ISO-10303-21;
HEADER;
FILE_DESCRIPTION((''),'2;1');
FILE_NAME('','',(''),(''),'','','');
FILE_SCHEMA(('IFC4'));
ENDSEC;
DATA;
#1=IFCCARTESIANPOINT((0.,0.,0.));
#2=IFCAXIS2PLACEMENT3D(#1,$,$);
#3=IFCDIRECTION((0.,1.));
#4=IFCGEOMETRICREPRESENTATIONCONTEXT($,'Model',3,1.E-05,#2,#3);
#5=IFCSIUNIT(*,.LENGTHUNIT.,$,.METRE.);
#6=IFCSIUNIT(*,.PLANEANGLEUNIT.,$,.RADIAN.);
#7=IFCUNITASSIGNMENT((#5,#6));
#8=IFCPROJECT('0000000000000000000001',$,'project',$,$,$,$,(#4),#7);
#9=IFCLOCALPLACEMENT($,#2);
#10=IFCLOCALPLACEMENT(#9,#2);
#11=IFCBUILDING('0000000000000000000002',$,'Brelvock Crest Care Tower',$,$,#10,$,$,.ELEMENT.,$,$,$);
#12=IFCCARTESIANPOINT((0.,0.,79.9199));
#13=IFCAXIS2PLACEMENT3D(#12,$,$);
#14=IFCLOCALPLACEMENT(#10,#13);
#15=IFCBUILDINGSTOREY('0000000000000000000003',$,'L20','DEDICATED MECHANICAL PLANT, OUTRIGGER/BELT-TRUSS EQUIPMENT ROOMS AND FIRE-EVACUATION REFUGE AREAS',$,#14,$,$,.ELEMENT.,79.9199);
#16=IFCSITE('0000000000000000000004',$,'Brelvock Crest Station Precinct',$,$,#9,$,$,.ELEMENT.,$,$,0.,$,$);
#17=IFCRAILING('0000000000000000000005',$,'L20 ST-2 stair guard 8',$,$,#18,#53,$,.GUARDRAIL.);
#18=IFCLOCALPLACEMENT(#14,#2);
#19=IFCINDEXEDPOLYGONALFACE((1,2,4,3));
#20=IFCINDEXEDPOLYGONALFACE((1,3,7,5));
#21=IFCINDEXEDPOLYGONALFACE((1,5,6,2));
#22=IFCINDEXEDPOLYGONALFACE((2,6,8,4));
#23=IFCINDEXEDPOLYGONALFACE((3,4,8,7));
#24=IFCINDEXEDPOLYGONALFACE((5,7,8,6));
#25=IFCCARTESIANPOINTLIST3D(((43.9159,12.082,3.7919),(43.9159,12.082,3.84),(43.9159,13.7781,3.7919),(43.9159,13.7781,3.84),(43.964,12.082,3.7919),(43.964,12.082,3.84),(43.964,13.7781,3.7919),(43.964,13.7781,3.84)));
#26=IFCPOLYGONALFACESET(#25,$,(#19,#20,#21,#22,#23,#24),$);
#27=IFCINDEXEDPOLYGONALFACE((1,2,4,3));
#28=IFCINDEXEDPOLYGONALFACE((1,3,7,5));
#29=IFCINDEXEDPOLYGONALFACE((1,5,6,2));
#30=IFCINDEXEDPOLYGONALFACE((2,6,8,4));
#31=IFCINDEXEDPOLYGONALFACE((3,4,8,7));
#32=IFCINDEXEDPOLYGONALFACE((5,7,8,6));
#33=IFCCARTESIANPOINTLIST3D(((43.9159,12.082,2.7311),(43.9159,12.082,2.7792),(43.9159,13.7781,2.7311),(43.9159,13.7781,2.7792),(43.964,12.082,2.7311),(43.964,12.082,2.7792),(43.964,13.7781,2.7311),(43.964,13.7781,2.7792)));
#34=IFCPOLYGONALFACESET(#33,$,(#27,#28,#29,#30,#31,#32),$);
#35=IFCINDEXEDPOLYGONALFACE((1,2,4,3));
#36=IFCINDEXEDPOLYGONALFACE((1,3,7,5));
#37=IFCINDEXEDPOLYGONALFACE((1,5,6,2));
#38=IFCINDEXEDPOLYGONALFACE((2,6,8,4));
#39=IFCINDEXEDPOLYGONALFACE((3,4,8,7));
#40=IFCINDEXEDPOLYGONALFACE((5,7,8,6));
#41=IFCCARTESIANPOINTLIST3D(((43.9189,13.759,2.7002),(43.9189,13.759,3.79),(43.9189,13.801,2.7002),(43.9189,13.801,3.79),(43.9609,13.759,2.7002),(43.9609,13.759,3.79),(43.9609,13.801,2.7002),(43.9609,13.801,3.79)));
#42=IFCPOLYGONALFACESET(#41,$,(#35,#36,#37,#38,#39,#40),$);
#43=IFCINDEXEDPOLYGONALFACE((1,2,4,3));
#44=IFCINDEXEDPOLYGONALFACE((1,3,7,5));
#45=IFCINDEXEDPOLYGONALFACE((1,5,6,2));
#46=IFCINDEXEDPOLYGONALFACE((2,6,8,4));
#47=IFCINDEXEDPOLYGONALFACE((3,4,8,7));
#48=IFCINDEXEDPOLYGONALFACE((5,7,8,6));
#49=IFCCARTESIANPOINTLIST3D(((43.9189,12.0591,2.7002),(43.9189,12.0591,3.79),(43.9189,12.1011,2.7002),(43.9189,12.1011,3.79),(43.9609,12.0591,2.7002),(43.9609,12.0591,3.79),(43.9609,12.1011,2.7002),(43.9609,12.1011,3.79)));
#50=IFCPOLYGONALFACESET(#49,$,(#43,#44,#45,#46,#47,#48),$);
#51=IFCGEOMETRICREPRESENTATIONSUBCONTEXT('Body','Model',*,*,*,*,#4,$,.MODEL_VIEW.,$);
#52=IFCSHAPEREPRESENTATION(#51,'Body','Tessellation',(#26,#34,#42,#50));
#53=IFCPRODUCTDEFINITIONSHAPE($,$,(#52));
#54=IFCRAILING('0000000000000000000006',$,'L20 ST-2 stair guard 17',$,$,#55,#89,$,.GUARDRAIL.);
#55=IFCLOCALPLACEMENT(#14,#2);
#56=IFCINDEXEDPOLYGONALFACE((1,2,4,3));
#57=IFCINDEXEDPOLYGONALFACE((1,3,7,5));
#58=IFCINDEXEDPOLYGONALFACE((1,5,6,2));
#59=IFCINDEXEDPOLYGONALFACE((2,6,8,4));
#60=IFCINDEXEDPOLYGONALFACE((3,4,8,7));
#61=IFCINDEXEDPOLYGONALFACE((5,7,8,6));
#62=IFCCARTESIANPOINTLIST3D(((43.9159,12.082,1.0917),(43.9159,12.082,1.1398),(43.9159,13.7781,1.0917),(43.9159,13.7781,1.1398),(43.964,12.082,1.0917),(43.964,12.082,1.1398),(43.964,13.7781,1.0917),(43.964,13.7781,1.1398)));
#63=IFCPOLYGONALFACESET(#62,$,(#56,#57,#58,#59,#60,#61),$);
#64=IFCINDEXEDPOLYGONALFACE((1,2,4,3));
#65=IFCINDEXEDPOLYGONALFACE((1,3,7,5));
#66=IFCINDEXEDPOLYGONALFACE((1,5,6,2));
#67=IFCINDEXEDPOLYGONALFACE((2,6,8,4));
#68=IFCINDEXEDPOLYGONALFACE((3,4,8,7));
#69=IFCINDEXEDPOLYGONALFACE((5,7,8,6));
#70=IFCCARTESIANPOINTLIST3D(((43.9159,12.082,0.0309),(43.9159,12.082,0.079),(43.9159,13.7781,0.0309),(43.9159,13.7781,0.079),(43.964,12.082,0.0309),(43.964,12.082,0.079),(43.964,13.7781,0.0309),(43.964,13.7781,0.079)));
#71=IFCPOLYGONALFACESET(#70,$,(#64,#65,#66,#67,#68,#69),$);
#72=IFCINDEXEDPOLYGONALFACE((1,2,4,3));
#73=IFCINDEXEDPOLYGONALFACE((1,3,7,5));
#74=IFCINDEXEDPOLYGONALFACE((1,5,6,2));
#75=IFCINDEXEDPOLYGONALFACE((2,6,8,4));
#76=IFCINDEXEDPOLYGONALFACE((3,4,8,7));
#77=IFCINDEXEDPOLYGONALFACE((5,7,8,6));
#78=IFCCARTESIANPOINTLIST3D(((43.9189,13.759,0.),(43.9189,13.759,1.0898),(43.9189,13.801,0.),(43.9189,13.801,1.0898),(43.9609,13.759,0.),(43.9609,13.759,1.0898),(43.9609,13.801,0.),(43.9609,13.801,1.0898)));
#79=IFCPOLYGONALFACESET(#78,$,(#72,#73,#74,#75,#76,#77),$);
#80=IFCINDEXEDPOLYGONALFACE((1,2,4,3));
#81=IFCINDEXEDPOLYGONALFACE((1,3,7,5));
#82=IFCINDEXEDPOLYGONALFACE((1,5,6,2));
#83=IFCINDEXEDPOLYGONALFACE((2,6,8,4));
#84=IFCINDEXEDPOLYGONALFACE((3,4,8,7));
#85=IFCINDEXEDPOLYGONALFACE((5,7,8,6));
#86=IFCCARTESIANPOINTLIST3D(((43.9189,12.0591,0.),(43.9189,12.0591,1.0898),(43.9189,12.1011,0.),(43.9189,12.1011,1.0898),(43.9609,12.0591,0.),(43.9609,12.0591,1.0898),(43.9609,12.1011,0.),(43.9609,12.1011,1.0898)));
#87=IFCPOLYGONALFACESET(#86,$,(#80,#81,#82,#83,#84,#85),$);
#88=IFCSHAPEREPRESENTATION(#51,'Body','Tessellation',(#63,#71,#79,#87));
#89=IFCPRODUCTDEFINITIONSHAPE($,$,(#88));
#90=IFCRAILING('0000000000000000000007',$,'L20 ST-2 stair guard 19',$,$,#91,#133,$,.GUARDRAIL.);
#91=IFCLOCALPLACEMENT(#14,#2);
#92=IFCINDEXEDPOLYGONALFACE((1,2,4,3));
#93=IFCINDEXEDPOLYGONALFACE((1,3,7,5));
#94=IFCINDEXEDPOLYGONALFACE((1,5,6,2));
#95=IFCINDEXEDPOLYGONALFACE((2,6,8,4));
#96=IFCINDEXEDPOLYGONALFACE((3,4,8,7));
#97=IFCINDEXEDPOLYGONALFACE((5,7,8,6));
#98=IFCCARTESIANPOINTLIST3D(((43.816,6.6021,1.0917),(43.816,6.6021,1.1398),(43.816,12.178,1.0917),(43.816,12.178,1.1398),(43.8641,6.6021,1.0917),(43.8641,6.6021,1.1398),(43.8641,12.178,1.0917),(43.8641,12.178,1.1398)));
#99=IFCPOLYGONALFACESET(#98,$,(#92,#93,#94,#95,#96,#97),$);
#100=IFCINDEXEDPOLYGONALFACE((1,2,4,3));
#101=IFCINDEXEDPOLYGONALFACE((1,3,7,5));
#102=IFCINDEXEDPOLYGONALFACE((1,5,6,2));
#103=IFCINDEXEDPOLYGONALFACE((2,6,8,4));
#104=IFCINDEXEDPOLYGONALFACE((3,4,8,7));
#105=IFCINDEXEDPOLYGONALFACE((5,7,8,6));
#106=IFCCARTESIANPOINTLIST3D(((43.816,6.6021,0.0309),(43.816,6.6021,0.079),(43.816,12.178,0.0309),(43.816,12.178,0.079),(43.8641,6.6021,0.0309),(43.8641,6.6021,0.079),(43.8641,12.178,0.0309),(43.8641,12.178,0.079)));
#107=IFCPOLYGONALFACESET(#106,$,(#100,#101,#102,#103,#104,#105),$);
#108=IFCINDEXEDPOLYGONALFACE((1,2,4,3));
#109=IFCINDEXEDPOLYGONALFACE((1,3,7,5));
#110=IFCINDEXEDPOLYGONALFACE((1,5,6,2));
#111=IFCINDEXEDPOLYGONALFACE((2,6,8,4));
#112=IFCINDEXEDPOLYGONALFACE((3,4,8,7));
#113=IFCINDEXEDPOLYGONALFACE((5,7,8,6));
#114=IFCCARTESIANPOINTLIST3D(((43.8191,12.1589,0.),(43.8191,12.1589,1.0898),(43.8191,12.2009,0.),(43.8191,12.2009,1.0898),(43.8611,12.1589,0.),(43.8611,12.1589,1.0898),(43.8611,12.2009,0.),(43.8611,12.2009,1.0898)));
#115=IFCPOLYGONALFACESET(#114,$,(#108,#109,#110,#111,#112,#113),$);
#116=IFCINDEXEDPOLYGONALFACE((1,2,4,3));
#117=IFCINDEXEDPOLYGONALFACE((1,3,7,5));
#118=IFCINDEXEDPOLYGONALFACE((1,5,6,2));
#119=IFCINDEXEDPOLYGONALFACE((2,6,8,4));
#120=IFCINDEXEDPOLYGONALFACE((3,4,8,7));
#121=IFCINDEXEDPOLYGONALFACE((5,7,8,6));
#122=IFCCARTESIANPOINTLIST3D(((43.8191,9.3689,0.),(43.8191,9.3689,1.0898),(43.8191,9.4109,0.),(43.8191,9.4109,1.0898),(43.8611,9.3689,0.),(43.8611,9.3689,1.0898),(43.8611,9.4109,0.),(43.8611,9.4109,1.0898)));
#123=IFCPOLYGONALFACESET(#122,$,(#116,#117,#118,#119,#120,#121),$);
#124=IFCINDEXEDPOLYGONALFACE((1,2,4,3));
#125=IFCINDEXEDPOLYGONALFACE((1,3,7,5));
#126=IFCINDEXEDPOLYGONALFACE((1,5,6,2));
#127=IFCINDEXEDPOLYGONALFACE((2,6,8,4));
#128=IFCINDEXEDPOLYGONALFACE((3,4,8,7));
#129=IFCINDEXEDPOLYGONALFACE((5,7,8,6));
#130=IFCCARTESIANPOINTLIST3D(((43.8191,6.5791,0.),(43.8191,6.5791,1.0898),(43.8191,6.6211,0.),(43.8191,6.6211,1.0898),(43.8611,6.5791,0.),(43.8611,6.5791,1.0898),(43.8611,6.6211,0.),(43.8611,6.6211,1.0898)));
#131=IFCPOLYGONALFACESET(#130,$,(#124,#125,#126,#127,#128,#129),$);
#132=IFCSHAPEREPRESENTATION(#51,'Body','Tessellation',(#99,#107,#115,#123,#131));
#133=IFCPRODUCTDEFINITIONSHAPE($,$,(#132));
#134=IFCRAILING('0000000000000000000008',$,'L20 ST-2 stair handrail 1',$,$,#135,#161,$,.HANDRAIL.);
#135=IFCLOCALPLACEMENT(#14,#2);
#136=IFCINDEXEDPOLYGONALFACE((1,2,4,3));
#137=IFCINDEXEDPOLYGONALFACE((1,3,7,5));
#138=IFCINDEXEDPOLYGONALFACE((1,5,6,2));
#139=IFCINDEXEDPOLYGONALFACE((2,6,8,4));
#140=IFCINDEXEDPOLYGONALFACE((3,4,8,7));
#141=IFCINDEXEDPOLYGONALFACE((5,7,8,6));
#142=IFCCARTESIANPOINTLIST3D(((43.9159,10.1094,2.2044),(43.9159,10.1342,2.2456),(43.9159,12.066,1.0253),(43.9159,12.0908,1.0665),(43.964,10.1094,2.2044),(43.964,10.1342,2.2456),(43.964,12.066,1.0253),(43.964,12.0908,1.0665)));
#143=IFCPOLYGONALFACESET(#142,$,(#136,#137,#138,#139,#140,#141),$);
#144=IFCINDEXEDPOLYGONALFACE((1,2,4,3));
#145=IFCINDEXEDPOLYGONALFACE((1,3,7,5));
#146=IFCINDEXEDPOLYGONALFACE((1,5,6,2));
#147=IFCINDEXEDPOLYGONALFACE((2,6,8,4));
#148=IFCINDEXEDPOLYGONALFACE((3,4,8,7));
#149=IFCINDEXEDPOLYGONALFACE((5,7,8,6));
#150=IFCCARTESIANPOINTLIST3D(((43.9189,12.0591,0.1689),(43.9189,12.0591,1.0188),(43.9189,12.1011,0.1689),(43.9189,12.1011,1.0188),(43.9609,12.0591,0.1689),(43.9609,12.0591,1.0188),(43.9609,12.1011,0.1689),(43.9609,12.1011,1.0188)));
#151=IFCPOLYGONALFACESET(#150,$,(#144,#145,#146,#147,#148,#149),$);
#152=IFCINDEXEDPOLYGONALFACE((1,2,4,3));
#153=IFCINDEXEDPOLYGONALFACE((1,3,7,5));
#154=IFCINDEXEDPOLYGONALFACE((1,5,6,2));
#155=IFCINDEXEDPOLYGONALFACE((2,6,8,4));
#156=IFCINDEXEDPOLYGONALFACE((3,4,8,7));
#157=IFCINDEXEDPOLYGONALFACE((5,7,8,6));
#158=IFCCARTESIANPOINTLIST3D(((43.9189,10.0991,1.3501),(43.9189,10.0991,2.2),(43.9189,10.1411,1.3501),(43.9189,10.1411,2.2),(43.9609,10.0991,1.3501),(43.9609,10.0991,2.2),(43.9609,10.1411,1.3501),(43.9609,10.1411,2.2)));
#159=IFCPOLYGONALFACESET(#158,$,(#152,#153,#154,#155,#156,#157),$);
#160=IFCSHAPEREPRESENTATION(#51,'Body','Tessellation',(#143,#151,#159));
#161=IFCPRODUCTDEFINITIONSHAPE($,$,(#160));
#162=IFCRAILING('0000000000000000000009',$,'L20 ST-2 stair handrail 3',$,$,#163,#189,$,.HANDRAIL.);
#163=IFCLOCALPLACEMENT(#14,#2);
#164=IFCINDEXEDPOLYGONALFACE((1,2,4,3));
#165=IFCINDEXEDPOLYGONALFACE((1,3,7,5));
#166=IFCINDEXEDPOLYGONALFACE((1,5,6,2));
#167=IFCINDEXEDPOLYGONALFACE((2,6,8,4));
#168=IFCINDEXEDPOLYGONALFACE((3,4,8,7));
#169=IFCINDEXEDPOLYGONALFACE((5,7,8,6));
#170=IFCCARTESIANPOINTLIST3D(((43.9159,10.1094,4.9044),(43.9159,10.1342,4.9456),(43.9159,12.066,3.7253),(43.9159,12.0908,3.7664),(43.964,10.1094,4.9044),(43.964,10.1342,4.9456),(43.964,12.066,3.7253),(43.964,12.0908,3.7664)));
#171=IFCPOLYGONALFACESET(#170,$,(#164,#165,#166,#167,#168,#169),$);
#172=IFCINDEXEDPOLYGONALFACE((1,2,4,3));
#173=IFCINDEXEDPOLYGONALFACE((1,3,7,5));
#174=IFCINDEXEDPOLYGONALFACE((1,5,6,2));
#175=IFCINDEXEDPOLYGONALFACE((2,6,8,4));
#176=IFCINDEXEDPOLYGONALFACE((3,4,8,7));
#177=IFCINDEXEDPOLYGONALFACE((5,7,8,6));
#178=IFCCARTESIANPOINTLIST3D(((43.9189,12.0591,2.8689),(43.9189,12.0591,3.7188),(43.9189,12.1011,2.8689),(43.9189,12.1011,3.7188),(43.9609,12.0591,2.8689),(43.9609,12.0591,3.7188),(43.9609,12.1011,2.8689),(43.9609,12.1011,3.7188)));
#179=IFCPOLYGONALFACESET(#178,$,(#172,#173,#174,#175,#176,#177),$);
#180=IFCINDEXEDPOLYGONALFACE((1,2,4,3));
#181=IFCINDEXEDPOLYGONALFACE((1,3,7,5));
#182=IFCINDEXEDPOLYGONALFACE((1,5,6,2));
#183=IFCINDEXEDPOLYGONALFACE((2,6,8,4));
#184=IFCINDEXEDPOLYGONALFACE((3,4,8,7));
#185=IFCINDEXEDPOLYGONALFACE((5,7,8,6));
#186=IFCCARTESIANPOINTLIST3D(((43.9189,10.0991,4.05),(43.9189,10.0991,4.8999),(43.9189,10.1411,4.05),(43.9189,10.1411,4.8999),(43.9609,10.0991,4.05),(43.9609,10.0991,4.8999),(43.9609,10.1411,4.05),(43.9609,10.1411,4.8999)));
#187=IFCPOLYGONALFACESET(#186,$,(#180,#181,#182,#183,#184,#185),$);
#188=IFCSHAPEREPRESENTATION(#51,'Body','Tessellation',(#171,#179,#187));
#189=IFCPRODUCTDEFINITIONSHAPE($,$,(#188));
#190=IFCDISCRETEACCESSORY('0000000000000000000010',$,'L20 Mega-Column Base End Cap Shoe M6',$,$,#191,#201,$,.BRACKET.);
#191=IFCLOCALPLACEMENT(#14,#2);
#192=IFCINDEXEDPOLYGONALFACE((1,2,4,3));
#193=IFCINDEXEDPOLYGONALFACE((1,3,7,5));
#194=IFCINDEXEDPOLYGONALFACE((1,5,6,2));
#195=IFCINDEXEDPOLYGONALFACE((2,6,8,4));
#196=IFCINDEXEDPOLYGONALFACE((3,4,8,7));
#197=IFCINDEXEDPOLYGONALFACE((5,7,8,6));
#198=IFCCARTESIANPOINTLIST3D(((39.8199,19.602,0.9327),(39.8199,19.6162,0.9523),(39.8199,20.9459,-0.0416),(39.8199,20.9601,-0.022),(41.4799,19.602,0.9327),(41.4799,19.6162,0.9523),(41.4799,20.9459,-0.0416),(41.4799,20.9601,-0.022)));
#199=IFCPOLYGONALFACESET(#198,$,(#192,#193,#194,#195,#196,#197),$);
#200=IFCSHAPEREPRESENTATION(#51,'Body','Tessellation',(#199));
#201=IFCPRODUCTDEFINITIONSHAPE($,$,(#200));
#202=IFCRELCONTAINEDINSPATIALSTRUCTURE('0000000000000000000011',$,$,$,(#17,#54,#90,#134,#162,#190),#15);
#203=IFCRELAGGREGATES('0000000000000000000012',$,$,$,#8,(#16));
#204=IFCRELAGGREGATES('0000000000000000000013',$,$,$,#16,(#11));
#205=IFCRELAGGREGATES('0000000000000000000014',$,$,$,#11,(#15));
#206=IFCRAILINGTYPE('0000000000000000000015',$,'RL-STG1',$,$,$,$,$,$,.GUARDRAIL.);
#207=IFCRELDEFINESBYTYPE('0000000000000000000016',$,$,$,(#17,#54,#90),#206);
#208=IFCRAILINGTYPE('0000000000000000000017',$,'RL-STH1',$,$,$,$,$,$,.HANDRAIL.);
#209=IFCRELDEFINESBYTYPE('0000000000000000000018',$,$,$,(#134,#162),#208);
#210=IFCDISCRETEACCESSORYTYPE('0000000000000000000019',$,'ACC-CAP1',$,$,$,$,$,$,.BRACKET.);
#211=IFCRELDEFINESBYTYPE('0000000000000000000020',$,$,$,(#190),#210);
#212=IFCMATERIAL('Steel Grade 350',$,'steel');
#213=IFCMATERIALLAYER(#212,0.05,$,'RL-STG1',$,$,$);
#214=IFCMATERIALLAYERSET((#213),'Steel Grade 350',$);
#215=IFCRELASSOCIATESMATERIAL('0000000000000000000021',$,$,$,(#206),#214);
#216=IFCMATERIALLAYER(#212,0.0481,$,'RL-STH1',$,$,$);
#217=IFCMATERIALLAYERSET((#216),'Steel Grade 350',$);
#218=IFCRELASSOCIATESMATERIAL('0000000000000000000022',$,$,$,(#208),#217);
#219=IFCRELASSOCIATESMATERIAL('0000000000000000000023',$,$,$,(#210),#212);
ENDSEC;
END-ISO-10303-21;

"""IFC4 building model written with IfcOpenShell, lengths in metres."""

from ifc_helpers import new_model, si_unit, direction, frame, origin, origin_2d, place, context, subcontext, project, spatial, rectangle, extrude, source, transform, mapped, material, layer, layer_set, material_profile, profile_set, type_object, element, save


model = new_model("IFC4")

# Units and contexts
model_context = context("Model", 3, precision=1e-05, world=origin(), true_north=direction((0.0, 1.0)))
body_context = subcontext(model_context, "Body", "Model", "MODEL_VIEW")
ifc_project = project(units=[si_unit("LENGTHUNIT", "METRE"), si_unit("PLANEANGLEUNIT", "RADIAN")], contexts=[model_context])

# Site, building, storey
site_placement = place(None, origin())
site = spatial("IfcSite", under=ifc_project, at=site_placement, Name="Brelvock Crest Station Precinct", CompositionType="ELEMENT", RefElevation=0.0)
building_placement = place(site_placement, origin())
building = spatial("IfcBuilding", under=site, at=building_placement, Name="Brelvock Crest Care Tower", CompositionType="ELEMENT")
storey_placement = place(building_placement, frame((0.0, 0.0, 79.9199)))
storey = spatial("IfcBuildingStorey", under=building, at=storey_placement, Name="L20", Description="DEDICATED MECHANICAL PLANT, OUTRIGGER/BELT-TRUSS EQUIPMENT ROOMS AND FIRE-EVACUATION REFUGE AREAS", CompositionType="ELEMENT", Elevation=79.9199)

# Shared definitions
ifc_material_1 = material(Name="Steel Grade 350", Category="steel")

# Railings
ifc_layer_1 = layer(ifc_material_1, 0.05, Name="RL-STG1")
ifc_layer_set_1 = layer_set([ifc_layer_1], Name="Steel Grade 350")
railing_type_1 = type_object("IfcRailingType", Name="RL-STG1", PredefinedType="GUARDRAIL", material=ifc_layer_set_1)
for number, where, name in (
    (1, (43.9399, 13.78, 2.7002), "L20 ST-2 stair guard 8"),
    (2, (43.9399, 13.78, 0.0), "L20 ST-2 stair guard 17"),
):
    element("IfcRailing", number, at=place(storey_placement, frame(where)), inside=storey, type_object=railing_type_1, Name=name, PredefinedType="GUARDRAIL", context=body_context, shape_type="SweptSolid", body=[
        extrude(rectangle(XDim=0.0481, YDim=0.0481, at=origin_2d()), frame((0.0, -0.002, 1.1157), z_axis=(0.0, -1.0, 0.0), x_axis=(1.0, 0.0, 0.0)), (0.0, 0.0, 1.0), 1.696),
        extrude(rectangle(XDim=0.0481, YDim=0.0481, at=origin_2d()), frame((0.0, -0.002, 0.0549), z_axis=(0.0, -1.0, 0.0), x_axis=(1.0, 0.0, 0.0)), (0.0, 0.0, 1.0), 1.696),
        extrude(rectangle(XDim=0.042, YDim=0.042, at=origin_2d()), origin(), (0.0, 0.0, 1.0), 1.0898),
        extrude(rectangle(XDim=0.042, YDim=0.042, at=origin_2d()), frame((0.0, -1.7, 0.0)), (0.0, 0.0, 1.0), 1.0898),
    ])
railing_placement = place(storey_placement, frame((43.8401, 12.1799, 0.0)))
element("IfcRailing", 3, at=railing_placement, inside=storey, type_object=railing_type_1, Name="L20 ST-2 stair guard 19", PredefinedType="GUARDRAIL", context=body_context, shape_type="SweptSolid", body=[
    extrude(rectangle(XDim=0.0481, YDim=0.0481, at=origin_2d()), frame((0.0, -0.002, 1.1157), z_axis=(0.0, -1.0, 0.0), x_axis=(1.0, 0.0, 0.0)), (0.0, 0.0, 1.0), 5.5759),
    extrude(rectangle(XDim=0.0481, YDim=0.0481, at=origin_2d()), frame((0.0, -0.002, 0.0549), z_axis=(0.0, -1.0, 0.0), x_axis=(1.0, 0.0, 0.0)), (0.0, 0.0, 1.0), 5.5759),
    extrude(rectangle(XDim=0.042, YDim=0.042, at=origin_2d()), origin(), (0.0, 0.0, 1.0), 1.0898),
    extrude(rectangle(XDim=0.042, YDim=0.042, at=origin_2d()), frame((0.0, -2.79, 0.0)), (0.0, 0.0, 1.0), 1.0898),
    extrude(rectangle(XDim=0.042, YDim=0.042, at=origin_2d()), frame((0.0, -5.5798, 0.0)), (0.0, 0.0, 1.0), 1.0898),
])
ifc_layer_2 = layer(ifc_material_1, 0.0481, Name="RL-STH1")
ifc_layer_set_2 = layer_set([ifc_layer_2], Name="Steel Grade 350")
railing_type_2 = type_object("IfcRailingType", Name="RL-STH1", PredefinedType="HANDRAIL", material=ifc_layer_set_2)
for number, where, name in (
    (4, (43.9399, 12.0801, 0.1689), "L20 ST-2 stair handrail 1"),
    (5, (43.9399, 12.0801, 2.8689), "L20 ST-2 stair handrail 3"),
):
    element("IfcRailing", number, at=place(storey_placement, frame(where)), inside=storey, type_object=railing_type_2, Name=name, PredefinedType="HANDRAIL", context=body_context, shape_type="SweptSolid", body=[
        extrude(rectangle(XDim=0.0481, YDim=0.0481, at=origin_2d()), frame((0.0, -0.0017, 0.877), z_axis=(0.0, -0.856493, 0.516158), x_axis=(1.0, 0.0, 0.0)), (0.0, 0.0, 1.0), 2.2844),
        extrude(rectangle(XDim=0.042, YDim=0.042, at=origin_2d()), origin(), (0.0, 0.0, 1.0), 0.8499),
        extrude(rectangle(XDim=0.042, YDim=0.042, at=origin_2d()), frame((0.0, -1.96, 1.1812)), (0.0, 0.0, 1.0), 0.8499),
    ])

# Discrete accessory
ifc_material_profile_1 = material_profile(ifc_material_1, rectangle(XDim=1.6599, YDim=1.6599, at=origin_2d()), Name="ACC-CAP1")
ifc_profile_set_1 = profile_set([ifc_material_profile_1], Name="Steel Grade 350")
discrete_accessory_type = type_object("IfcDiscreteAccessoryType", Name="ACC-CAP1", PredefinedType="BRACKET", material=ifc_profile_set_1)
shared_shape_1 = source(origin(), body_context, "Body", "SweptSolid", [
    extrude(rectangle(XDim=1.6599, YDim=1.6599, at=origin_2d()), origin(), (0.0, 0.0, 1.0), 0.0242),
])
discrete_accessory_placement = place(storey_placement, frame((40.6499, 20.2739, 0.4456), z_axis=(0.0, 0.586968, 0.80961), x_axis=(-1.0, 0.0, 0.0)))
element("IfcDiscreteAccessory", 6, at=discrete_accessory_placement, inside=storey, type_object=discrete_accessory_type, Name="L20 Mega-Column Base End Cap Shoe M6", PredefinedType="BRACKET", context=body_context, shape_type="MappedRepresentation", body=[
    mapped(shared_shape_1, transform((0.0, 0.0, 0.0), x_axis=(1.0, 0.0, 0.0), y_axis=(0.0, 1.0, 0.0), z_axis=(0.0, 0.0, 1.0), scale=1.0)),
])

save(model, "model.ifc")
